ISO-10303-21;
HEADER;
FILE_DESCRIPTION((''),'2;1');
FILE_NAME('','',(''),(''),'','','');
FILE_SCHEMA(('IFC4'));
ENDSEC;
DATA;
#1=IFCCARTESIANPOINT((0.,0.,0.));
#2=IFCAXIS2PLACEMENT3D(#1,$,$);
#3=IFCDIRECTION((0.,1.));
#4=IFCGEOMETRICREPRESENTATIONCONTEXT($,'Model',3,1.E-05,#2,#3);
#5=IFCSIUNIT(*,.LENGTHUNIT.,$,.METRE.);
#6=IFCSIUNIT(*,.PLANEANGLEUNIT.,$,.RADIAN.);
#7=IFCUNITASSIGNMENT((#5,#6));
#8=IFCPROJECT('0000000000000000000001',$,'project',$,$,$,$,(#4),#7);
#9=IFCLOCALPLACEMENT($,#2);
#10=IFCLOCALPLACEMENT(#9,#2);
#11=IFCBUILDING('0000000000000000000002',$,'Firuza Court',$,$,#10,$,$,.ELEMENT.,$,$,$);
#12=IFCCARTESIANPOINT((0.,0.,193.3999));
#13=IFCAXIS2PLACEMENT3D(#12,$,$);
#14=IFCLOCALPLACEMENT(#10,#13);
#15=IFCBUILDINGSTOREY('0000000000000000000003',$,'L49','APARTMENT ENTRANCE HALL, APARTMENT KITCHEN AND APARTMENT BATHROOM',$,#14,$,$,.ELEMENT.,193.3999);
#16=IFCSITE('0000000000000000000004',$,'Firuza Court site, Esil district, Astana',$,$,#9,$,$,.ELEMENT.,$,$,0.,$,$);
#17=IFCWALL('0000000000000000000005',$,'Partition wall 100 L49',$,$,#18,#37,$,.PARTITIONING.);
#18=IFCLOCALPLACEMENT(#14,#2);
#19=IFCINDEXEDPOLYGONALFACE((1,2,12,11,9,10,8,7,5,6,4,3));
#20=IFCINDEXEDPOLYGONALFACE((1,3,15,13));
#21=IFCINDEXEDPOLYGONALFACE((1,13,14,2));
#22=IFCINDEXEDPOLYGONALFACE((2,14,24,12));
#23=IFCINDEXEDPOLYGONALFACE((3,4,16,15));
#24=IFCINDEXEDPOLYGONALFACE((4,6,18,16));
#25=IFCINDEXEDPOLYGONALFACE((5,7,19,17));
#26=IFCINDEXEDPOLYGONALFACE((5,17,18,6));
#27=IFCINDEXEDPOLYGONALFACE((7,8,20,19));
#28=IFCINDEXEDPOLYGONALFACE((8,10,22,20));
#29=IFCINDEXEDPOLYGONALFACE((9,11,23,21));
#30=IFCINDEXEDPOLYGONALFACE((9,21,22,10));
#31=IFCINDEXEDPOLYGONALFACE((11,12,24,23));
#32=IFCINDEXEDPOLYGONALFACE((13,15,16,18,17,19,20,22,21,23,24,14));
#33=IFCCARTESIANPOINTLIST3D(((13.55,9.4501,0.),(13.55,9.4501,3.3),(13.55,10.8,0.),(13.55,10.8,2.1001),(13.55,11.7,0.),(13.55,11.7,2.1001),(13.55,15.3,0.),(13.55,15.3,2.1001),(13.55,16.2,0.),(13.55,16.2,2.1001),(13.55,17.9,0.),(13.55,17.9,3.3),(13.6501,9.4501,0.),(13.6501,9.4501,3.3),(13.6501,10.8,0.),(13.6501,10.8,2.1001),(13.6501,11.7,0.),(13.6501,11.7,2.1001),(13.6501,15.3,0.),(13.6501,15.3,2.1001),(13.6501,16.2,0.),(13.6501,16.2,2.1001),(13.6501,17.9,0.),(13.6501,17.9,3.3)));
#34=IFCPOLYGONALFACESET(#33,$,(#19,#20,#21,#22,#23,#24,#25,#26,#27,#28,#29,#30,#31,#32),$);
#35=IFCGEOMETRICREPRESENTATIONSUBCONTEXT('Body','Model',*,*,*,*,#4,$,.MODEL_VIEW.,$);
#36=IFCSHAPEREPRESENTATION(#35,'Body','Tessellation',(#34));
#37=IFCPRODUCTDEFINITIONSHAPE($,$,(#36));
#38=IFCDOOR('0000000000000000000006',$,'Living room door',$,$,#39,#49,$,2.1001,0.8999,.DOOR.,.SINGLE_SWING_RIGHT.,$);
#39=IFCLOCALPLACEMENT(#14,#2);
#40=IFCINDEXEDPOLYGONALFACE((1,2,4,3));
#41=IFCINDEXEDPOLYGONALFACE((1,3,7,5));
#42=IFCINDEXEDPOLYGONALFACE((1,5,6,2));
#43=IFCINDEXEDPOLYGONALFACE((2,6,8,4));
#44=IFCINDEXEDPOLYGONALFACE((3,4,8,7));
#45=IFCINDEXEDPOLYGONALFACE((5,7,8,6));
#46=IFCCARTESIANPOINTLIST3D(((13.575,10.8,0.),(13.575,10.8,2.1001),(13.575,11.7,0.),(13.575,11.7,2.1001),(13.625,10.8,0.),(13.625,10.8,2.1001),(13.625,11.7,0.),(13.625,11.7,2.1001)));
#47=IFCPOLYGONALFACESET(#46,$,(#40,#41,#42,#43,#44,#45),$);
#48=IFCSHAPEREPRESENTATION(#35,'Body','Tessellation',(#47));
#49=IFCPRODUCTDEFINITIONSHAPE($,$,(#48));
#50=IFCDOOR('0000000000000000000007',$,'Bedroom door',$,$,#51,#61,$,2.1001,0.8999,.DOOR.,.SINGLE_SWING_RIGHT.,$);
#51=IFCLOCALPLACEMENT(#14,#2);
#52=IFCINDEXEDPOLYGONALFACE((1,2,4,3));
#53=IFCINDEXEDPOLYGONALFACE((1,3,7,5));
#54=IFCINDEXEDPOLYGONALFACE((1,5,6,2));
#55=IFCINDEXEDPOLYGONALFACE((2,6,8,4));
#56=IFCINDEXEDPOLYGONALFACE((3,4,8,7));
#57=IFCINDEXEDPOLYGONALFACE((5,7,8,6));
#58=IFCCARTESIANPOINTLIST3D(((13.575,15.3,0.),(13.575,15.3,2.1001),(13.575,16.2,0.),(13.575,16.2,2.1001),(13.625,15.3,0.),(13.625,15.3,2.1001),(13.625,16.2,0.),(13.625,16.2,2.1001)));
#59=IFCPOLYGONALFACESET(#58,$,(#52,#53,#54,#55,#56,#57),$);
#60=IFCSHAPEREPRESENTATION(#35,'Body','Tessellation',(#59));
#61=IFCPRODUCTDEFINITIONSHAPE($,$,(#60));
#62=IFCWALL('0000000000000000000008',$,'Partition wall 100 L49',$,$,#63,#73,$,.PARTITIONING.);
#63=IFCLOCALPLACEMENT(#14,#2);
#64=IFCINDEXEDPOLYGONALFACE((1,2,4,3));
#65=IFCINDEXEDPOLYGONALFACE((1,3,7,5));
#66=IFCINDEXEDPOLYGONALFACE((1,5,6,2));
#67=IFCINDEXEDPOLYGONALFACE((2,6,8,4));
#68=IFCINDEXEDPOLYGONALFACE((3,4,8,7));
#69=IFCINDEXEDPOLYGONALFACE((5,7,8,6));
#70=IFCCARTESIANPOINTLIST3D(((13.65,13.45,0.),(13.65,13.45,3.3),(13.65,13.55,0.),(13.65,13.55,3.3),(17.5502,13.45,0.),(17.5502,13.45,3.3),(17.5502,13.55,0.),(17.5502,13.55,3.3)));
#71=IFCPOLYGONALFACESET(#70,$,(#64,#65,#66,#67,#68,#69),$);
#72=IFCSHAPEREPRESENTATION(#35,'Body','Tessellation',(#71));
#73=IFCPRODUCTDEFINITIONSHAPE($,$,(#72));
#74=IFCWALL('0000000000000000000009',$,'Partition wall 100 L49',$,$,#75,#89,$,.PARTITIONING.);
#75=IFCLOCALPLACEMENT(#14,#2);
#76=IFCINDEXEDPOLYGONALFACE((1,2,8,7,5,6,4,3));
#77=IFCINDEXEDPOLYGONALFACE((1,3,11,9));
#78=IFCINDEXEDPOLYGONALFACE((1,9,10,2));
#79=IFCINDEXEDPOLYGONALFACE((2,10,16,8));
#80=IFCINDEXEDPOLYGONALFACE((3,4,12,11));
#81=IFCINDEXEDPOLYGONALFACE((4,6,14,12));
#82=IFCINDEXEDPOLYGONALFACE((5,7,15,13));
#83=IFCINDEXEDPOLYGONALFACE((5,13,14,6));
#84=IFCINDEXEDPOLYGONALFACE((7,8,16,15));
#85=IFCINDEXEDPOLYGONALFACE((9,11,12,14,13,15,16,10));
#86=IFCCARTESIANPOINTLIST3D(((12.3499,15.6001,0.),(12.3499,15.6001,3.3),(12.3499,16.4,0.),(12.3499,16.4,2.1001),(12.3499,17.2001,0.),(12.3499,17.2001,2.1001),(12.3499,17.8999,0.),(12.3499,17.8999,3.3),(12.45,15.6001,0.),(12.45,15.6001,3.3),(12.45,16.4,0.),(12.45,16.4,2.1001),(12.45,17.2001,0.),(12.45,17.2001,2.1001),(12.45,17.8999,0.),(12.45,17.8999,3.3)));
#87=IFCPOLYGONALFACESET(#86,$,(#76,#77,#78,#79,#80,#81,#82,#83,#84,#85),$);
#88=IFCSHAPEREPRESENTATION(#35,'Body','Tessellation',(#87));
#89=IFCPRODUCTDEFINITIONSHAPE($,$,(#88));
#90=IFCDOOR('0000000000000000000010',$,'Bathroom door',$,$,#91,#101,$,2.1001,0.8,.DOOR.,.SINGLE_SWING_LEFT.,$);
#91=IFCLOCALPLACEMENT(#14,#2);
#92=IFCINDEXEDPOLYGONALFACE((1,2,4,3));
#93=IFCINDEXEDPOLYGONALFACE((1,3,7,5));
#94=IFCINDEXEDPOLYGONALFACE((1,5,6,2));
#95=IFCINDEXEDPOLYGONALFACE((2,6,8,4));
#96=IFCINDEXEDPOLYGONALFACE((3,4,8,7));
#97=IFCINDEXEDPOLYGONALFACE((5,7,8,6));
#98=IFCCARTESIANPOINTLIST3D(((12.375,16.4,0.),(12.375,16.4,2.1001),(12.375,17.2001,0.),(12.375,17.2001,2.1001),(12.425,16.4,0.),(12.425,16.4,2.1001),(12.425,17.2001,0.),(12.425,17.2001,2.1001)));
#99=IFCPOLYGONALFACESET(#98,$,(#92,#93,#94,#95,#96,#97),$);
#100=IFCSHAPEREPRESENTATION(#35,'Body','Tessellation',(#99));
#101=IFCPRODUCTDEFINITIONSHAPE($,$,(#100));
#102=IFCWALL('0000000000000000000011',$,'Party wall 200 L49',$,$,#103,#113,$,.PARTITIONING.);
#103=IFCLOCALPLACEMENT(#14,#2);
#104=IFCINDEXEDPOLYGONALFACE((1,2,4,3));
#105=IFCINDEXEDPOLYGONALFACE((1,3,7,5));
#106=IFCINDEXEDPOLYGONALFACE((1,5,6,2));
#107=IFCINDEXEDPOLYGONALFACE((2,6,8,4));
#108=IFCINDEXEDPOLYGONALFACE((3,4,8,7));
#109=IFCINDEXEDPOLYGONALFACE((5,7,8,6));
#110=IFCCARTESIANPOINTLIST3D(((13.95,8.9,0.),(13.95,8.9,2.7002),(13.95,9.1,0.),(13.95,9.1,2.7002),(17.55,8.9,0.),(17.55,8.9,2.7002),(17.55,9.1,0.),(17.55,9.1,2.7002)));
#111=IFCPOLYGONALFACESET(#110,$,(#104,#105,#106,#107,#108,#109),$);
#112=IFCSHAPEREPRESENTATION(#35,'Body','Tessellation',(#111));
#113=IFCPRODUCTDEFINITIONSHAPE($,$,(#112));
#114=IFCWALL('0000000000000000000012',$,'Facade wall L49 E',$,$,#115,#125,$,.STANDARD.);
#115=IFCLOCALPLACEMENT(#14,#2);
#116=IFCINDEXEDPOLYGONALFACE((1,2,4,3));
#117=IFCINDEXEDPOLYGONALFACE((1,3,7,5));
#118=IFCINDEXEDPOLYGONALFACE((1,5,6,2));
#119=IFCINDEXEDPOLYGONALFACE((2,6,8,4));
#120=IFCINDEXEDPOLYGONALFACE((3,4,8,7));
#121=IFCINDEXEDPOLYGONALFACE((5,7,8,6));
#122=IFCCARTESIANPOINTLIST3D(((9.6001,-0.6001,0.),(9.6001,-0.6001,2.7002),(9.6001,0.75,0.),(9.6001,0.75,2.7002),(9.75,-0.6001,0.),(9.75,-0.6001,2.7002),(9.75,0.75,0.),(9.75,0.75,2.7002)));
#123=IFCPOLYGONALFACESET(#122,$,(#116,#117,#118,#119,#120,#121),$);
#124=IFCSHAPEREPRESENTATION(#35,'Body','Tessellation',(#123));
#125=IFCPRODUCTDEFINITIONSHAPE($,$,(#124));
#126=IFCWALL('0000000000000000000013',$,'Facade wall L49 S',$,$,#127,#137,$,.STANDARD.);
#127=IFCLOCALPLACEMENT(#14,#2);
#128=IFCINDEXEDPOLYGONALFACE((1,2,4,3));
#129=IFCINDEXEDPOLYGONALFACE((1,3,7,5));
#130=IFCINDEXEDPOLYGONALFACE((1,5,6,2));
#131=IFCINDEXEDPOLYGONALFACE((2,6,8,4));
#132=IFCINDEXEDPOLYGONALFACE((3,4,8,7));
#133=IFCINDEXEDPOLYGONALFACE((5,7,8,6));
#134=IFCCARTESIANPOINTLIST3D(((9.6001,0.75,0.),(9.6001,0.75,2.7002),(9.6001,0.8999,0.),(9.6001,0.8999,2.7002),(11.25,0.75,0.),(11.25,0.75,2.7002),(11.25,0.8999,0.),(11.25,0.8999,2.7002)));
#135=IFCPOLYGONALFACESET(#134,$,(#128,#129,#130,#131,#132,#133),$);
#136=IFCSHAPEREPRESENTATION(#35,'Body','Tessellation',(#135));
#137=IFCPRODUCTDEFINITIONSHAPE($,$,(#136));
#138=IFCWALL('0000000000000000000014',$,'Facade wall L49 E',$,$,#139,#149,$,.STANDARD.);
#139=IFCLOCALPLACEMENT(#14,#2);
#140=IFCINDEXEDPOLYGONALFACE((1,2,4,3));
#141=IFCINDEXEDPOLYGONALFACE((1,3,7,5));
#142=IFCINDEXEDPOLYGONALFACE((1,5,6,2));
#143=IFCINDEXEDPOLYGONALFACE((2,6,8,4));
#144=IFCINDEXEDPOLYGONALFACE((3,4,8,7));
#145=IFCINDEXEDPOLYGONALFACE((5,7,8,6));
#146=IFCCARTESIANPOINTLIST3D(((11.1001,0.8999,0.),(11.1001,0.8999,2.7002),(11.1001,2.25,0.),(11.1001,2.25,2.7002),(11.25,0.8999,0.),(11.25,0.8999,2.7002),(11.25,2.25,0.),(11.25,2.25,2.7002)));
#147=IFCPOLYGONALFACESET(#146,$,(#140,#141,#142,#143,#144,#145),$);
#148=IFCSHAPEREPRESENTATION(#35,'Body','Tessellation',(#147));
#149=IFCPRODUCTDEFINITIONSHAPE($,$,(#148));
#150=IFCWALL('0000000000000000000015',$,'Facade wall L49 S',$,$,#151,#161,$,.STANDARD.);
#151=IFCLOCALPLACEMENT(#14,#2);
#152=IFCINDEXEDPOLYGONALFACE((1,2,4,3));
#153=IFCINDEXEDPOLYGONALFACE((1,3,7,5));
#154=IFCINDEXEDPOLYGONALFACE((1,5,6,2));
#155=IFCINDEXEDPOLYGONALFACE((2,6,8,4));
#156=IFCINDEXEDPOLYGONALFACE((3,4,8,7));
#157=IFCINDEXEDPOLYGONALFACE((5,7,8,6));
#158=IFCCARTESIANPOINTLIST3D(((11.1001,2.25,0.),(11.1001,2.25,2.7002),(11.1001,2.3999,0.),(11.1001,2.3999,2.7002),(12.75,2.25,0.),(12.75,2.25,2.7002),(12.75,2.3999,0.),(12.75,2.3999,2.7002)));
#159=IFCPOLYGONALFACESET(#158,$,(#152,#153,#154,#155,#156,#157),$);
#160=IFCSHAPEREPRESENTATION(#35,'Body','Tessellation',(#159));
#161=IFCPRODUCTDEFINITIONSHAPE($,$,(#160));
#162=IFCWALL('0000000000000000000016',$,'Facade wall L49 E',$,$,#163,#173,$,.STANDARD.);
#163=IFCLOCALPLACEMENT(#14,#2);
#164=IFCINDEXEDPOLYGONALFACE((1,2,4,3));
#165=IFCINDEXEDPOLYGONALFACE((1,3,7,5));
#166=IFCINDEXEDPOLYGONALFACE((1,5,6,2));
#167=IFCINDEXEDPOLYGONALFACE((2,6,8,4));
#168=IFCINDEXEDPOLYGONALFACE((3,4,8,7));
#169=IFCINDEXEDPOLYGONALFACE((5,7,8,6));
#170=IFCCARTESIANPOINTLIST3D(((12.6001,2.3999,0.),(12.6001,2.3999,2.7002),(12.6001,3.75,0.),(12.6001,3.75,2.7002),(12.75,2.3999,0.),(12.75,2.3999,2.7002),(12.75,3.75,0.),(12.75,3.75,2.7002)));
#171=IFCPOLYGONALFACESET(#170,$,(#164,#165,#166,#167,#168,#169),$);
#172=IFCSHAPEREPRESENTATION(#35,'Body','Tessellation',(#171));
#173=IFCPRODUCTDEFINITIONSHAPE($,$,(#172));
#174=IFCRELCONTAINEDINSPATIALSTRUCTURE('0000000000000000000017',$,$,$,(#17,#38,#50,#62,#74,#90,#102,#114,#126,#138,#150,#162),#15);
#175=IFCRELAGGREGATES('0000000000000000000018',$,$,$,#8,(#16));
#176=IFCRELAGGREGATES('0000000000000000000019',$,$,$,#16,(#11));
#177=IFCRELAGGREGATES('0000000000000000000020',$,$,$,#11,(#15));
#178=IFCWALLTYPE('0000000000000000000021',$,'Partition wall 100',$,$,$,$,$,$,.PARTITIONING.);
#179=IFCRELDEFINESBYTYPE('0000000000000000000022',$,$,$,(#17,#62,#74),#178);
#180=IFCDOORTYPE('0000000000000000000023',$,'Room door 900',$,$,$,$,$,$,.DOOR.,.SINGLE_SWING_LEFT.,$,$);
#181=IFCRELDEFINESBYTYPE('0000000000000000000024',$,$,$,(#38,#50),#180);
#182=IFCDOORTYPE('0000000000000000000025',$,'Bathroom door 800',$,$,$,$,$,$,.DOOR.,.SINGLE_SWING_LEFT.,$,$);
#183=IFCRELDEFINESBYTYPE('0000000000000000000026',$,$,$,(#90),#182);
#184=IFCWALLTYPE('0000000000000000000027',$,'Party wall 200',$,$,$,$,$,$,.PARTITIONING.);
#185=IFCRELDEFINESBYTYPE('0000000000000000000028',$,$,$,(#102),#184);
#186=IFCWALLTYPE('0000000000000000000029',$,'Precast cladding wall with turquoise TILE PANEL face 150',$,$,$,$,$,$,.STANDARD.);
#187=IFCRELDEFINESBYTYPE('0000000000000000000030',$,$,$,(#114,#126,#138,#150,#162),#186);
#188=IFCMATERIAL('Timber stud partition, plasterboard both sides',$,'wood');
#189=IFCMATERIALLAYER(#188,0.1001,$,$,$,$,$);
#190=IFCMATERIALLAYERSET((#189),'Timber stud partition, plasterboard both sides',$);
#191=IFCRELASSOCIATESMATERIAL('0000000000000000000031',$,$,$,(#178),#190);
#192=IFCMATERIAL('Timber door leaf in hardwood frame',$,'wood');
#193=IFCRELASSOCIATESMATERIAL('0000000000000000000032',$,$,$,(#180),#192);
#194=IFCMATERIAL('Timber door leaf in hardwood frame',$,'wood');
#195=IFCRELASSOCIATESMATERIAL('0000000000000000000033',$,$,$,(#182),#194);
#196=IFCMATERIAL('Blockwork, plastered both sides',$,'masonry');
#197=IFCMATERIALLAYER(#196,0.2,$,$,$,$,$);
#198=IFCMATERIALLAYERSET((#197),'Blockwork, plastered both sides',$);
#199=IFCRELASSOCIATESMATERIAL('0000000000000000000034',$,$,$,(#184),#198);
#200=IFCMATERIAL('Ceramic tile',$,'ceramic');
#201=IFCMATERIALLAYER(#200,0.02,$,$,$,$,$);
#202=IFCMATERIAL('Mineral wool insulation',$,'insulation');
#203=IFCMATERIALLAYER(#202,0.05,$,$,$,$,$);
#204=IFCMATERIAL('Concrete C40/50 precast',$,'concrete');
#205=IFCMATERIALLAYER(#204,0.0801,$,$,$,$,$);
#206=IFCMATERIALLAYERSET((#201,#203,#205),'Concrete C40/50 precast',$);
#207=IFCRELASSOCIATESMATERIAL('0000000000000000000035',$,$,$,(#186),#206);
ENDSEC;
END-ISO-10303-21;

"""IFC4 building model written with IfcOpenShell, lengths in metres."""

from ifc_helpers import new_model, si_unit, direction, frame, frame_2d, origin, place, context, subcontext, project, spatial, rectangle, extrude, material, layer, layer_set, type_object, element, fill, save


model = new_model("IFC4")

# Units and contexts
model_context = context("Model", 3, precision=1e-05, world=origin(), true_north=direction((0.0, 1.0)))
body_context = subcontext(model_context, "Body", "Model", "MODEL_VIEW")
ifc_project = project(units=[si_unit("LENGTHUNIT", "METRE"), si_unit("PLANEANGLEUNIT", "RADIAN")], contexts=[model_context])

# Site, building, storey
site_placement = place(None, origin())
site = spatial("IfcSite", under=ifc_project, at=site_placement, Name="Firuza Court site, Esil district, Astana", CompositionType="ELEMENT", RefElevation=0.0)
building_placement = place(site_placement, origin())
building = spatial("IfcBuilding", under=site, at=building_placement, Name="Firuza Court", CompositionType="ELEMENT")
storey_placement = place(building_placement, frame((0.0, 0.0, 193.3999)))
storey = spatial("IfcBuildingStorey", under=building, at=storey_placement, Name="L49", Description="APARTMENT ENTRANCE HALL, APARTMENT KITCHEN AND APARTMENT BATHROOM", CompositionType="ELEMENT", Elevation=193.3999)

# Shared definitions
ifc_material_1 = material(Name="Timber stud partition, plasterboard both sides", Category="wood")
ifc_layer_1 = layer(ifc_material_1, 0.1001)
ifc_layer_set_1 = layer_set([ifc_layer_1], Name="Timber stud partition, plasterboard both sides")
wall_type_1 = type_object("IfcWallType", Name="Partition wall 100", PredefinedType="PARTITIONING", material=ifc_layer_set_1)

# Shared definitions
ifc_material_2 = material(Name="Timber door leaf in hardwood frame", Category="wood")
door_type_1 = type_object("IfcDoorType", Name="Room door 900", OperationType="SINGLE_SWING_LEFT", PredefinedType="DOOR", material=ifc_material_2)

# Wall, openings, doors
wall_1_placement = place(storey_placement, frame((13.6001, 9.45, 0.0), z_axis=(0.0, 0.0, 1.0), x_axis=(0.0, 1.0, 0.0)))
wall_1 = element("IfcWall", 1, at=wall_1_placement, inside=storey, type_object=wall_type_1, Name="Partition wall 100 L49", PredefinedType="PARTITIONING", context=body_context, shape_type="SweptSolid", body=[
    extrude(rectangle(XDim=8.45, YDim=0.1001, at=frame_2d((4.2251, 0.0))), origin(), (0.0, 0.0, 1.0), 3.3),
])
opening_1_placement = place(wall_1_placement, frame((1.3501, 0.0, 0.0)))
opening_1 = element("IfcOpeningElement", 2, at=opening_1_placement, cuts=wall_1, PredefinedType="OPENING", context=body_context, shape_type="SweptSolid", body=[
    extrude(rectangle(XDim=0.8999, YDim=2.1001, at=frame_2d((0.45, 1.05))), frame((0.0, 0.062, 0.0), z_axis=(0.0, -1.0, 0.0), x_axis=(1.0, 0.0, 0.0)), (0.0, 0.0, 1.0), 0.124),
])
opening_2_placement = place(wall_1_placement, frame((5.8501, 0.0, 0.0)))
opening_2 = element("IfcOpeningElement", 3, at=opening_2_placement, cuts=wall_1, PredefinedType="OPENING", context=body_context, shape_type="SweptSolid", body=[
    extrude(rectangle(XDim=0.8999, YDim=2.1001, at=frame_2d((0.45, 1.05))), frame((0.0, 0.062, 0.0), z_axis=(0.0, -1.0, 0.0), x_axis=(1.0, 0.0, 0.0)), (0.0, 0.0, 1.0), 0.124),
])
door_1_placement = place(opening_1_placement, frame((0.8999, 0.0, 0.0), z_axis=(0.0, 0.0, 1.0), x_axis=(-1.0, 0.0, 0.0)))
door_1 = element("IfcDoor", 4, at=door_1_placement, inside=storey, type_object=door_type_1, Name="Living room door", OperationType="SINGLE_SWING_RIGHT", OverallHeight=2.1001, OverallWidth=0.8999, PredefinedType="DOOR", context=body_context, shape_type="SweptSolid", body=[
    extrude(rectangle(XDim=0.8999, YDim=2.1001, at=frame_2d((0.45, 1.05))), frame((0.0, 0.0249, 0.0), z_axis=(0.0, -1.0, 0.0), x_axis=(1.0, 0.0, 0.0)), (0.0, 0.0, 1.0), 0.05),
])
fill(opening_1, door_1)
door_2_placement = place(opening_2_placement, frame((0.8999, 0.0, 0.0), z_axis=(0.0, 0.0, 1.0), x_axis=(-1.0, 0.0, 0.0)))
door_2 = element("IfcDoor", 5, at=door_2_placement, inside=storey, type_object=door_type_1, Name="Bedroom door", OperationType="SINGLE_SWING_RIGHT", OverallHeight=2.1001, OverallWidth=0.8999, PredefinedType="DOOR", context=body_context, shape_type="SweptSolid", body=[
    extrude(rectangle(XDim=0.8999, YDim=2.1001, at=frame_2d((0.45, 1.05))), frame((0.0, 0.0249, 0.0), z_axis=(0.0, -1.0, 0.0), x_axis=(1.0, 0.0, 0.0)), (0.0, 0.0, 1.0), 0.05),
])
fill(opening_2, door_2)

# Wall
wall_2_placement = place(storey_placement, frame((13.6499, 13.5, 0.0), z_axis=(0.0, 0.0, 1.0), x_axis=(1.0, 0.0, 0.0)))
element("IfcWall", 6, at=wall_2_placement, inside=storey, type_object=wall_type_1, Name="Partition wall 100 L49", PredefinedType="PARTITIONING", context=body_context, shape_type="SweptSolid", body=[
    extrude(rectangle(XDim=3.9001, YDim=0.1001, at=frame_2d((1.9502, 0.0))), origin(), (0.0, 0.0, 1.0), 3.3),
])

# Wall, opening, door
wall_3_placement = place(storey_placement, frame((12.3999, 15.6001, 0.0), z_axis=(0.0, 0.0, 1.0), x_axis=(0.0, 1.0, 0.0)))
wall_3 = element("IfcWall", 7, at=wall_3_placement, inside=storey, type_object=wall_type_1, Name="Partition wall 100 L49", PredefinedType="PARTITIONING", context=body_context, shape_type="SweptSolid", body=[
    extrude(rectangle(XDim=2.2998, YDim=0.1001, at=frame_2d((1.1499, 0.0))), origin(), (0.0, 0.0, 1.0), 3.3),
])
opening_3_placement = place(wall_3_placement, frame((0.8, 0.0, 0.0)))
opening_3 = element("IfcOpeningElement", 8, at=opening_3_placement, cuts=wall_3, PredefinedType="OPENING", context=body_context, shape_type="SweptSolid", body=[
    extrude(rectangle(XDim=0.8, YDim=2.1001, at=frame_2d((0.3999, 1.05))), frame((0.0, 0.062, 0.0), z_axis=(0.0, -1.0, 0.0), x_axis=(1.0, 0.0, 0.0)), (0.0, 0.0, 1.0), 0.124),
])
ifc_material_3 = material(Name="Timber door leaf in hardwood frame", Category="wood")
door_type_2 = type_object("IfcDoorType", Name="Bathroom door 800", OperationType="SINGLE_SWING_LEFT", PredefinedType="DOOR", material=ifc_material_3)
door_3_placement = place(opening_3_placement, origin())
door_3 = element("IfcDoor", 9, at=door_3_placement, inside=storey, type_object=door_type_2, Name="Bathroom door", OperationType="SINGLE_SWING_LEFT", OverallHeight=2.1001, OverallWidth=0.8, PredefinedType="DOOR", context=body_context, shape_type="SweptSolid", body=[
    extrude(rectangle(XDim=0.8, YDim=2.1001, at=frame_2d((0.3999, 1.05))), frame((0.0, 0.0249, 0.0), z_axis=(0.0, -1.0, 0.0), x_axis=(1.0, 0.0, 0.0)), (0.0, 0.0, 1.0), 0.05),
])
fill(opening_3, door_3)

# Walls
ifc_material_4 = material(Name="Blockwork, plastered both sides", Category="masonry")
ifc_layer_2 = layer(ifc_material_4, 0.2)
ifc_layer_set_2 = layer_set([ifc_layer_2], Name="Blockwork, plastered both sides")
wall_type_2 = type_object("IfcWallType", Name="Party wall 200", PredefinedType="PARTITIONING", material=ifc_layer_set_2)
wall_4_placement = place(storey_placement, frame((13.95, 9.0, 0.0), z_axis=(0.0, 0.0, 1.0), x_axis=(1.0, 0.0, 0.0)))
element("IfcWall", 10, at=wall_4_placement, inside=storey, type_object=wall_type_2, Name="Party wall 200 L49", PredefinedType="PARTITIONING", context=body_context, shape_type="SweptSolid", body=[
    extrude(rectangle(XDim=3.6001, YDim=0.2, at=frame_2d((1.8, 0.0))), origin(), (0.0, 0.0, 1.0), 2.7002),
])
ifc_material_5 = material(Name="Ceramic tile", Category="ceramic")
ifc_layer_3 = layer(ifc_material_5, 0.02)
ifc_material_6 = material(Name="Mineral wool insulation", Category="insulation")
ifc_layer_4 = layer(ifc_material_6, 0.05)
ifc_material_7 = material(Name="Concrete C40/50 precast", Category="concrete")
ifc_layer_5 = layer(ifc_material_7, 0.0801)
ifc_layer_set_3 = layer_set([ifc_layer_3, ifc_layer_4, ifc_layer_5], Name="Concrete C40/50 precast")
wall_type_3 = type_object("IfcWallType", Name="Precast cladding wall with turquoise TILE PANEL face 150", PredefinedType="STANDARD", material=ifc_layer_set_3)
wall_5_placement = place(storey_placement, frame((9.675, -0.6001, 0.0), z_axis=(0.0, 0.0, 1.0), x_axis=(0.0, 1.0, 0.0)))
element("IfcWall", 11, at=wall_5_placement, inside=storey, type_object=wall_type_3, Name="Facade wall L49 E", PredefinedType="STANDARD", context=body_context, shape_type="SweptSolid", body=[
    extrude(rectangle(XDim=1.3501, YDim=0.1499, at=frame_2d((0.675, 0.0))), origin(), (0.0, 0.0, 1.0), 2.7002),
])
wall_6_placement = place(storey_placement, frame((9.6001, 0.825, 0.0), z_axis=(0.0, 0.0, 1.0), x_axis=(1.0, 0.0, 0.0)))
element("IfcWall", 12, at=wall_6_placement, inside=storey, type_object=wall_type_3, Name="Facade wall L49 S", PredefinedType="STANDARD", context=body_context, shape_type="SweptSolid", body=[
    extrude(rectangle(XDim=1.6499, YDim=0.1499, at=frame_2d((0.825, 0.0))), origin(), (0.0, 0.0, 1.0), 2.7002),
])
wall_7_placement = place(storey_placement, frame((11.175, 0.8999, 0.0), z_axis=(0.0, 0.0, 1.0), x_axis=(0.0, 1.0, 0.0)))
element("IfcWall", 13, at=wall_7_placement, inside=storey, type_object=wall_type_3, Name="Facade wall L49 E", PredefinedType="STANDARD", context=body_context, shape_type="SweptSolid", body=[
    extrude(rectangle(XDim=1.3501, YDim=0.1499, at=frame_2d((0.675, 0.0))), origin(), (0.0, 0.0, 1.0), 2.7002),
])
wall_8_placement = place(storey_placement, frame((11.1001, 2.325, 0.0), z_axis=(0.0, 0.0, 1.0), x_axis=(1.0, 0.0, 0.0)))
element("IfcWall", 14, at=wall_8_placement, inside=storey, type_object=wall_type_3, Name="Facade wall L49 S", PredefinedType="STANDARD", context=body_context, shape_type="SweptSolid", body=[
    extrude(rectangle(XDim=1.6499, YDim=0.1499, at=frame_2d((0.825, 0.0))), origin(), (0.0, 0.0, 1.0), 2.7002),
])
wall_9_placement = place(storey_placement, frame((12.675, 2.3999, 0.0), z_axis=(0.0, 0.0, 1.0), x_axis=(0.0, 1.0, 0.0)))
element("IfcWall", 15, at=wall_9_placement, inside=storey, type_object=wall_type_3, Name="Facade wall L49 E", PredefinedType="STANDARD", context=body_context, shape_type="SweptSolid", body=[
    extrude(rectangle(XDim=1.3501, YDim=0.1499, at=frame_2d((0.675, 0.0))), origin(), (0.0, 0.0, 1.0), 2.7002),
])

save(model, "model.ifc")
